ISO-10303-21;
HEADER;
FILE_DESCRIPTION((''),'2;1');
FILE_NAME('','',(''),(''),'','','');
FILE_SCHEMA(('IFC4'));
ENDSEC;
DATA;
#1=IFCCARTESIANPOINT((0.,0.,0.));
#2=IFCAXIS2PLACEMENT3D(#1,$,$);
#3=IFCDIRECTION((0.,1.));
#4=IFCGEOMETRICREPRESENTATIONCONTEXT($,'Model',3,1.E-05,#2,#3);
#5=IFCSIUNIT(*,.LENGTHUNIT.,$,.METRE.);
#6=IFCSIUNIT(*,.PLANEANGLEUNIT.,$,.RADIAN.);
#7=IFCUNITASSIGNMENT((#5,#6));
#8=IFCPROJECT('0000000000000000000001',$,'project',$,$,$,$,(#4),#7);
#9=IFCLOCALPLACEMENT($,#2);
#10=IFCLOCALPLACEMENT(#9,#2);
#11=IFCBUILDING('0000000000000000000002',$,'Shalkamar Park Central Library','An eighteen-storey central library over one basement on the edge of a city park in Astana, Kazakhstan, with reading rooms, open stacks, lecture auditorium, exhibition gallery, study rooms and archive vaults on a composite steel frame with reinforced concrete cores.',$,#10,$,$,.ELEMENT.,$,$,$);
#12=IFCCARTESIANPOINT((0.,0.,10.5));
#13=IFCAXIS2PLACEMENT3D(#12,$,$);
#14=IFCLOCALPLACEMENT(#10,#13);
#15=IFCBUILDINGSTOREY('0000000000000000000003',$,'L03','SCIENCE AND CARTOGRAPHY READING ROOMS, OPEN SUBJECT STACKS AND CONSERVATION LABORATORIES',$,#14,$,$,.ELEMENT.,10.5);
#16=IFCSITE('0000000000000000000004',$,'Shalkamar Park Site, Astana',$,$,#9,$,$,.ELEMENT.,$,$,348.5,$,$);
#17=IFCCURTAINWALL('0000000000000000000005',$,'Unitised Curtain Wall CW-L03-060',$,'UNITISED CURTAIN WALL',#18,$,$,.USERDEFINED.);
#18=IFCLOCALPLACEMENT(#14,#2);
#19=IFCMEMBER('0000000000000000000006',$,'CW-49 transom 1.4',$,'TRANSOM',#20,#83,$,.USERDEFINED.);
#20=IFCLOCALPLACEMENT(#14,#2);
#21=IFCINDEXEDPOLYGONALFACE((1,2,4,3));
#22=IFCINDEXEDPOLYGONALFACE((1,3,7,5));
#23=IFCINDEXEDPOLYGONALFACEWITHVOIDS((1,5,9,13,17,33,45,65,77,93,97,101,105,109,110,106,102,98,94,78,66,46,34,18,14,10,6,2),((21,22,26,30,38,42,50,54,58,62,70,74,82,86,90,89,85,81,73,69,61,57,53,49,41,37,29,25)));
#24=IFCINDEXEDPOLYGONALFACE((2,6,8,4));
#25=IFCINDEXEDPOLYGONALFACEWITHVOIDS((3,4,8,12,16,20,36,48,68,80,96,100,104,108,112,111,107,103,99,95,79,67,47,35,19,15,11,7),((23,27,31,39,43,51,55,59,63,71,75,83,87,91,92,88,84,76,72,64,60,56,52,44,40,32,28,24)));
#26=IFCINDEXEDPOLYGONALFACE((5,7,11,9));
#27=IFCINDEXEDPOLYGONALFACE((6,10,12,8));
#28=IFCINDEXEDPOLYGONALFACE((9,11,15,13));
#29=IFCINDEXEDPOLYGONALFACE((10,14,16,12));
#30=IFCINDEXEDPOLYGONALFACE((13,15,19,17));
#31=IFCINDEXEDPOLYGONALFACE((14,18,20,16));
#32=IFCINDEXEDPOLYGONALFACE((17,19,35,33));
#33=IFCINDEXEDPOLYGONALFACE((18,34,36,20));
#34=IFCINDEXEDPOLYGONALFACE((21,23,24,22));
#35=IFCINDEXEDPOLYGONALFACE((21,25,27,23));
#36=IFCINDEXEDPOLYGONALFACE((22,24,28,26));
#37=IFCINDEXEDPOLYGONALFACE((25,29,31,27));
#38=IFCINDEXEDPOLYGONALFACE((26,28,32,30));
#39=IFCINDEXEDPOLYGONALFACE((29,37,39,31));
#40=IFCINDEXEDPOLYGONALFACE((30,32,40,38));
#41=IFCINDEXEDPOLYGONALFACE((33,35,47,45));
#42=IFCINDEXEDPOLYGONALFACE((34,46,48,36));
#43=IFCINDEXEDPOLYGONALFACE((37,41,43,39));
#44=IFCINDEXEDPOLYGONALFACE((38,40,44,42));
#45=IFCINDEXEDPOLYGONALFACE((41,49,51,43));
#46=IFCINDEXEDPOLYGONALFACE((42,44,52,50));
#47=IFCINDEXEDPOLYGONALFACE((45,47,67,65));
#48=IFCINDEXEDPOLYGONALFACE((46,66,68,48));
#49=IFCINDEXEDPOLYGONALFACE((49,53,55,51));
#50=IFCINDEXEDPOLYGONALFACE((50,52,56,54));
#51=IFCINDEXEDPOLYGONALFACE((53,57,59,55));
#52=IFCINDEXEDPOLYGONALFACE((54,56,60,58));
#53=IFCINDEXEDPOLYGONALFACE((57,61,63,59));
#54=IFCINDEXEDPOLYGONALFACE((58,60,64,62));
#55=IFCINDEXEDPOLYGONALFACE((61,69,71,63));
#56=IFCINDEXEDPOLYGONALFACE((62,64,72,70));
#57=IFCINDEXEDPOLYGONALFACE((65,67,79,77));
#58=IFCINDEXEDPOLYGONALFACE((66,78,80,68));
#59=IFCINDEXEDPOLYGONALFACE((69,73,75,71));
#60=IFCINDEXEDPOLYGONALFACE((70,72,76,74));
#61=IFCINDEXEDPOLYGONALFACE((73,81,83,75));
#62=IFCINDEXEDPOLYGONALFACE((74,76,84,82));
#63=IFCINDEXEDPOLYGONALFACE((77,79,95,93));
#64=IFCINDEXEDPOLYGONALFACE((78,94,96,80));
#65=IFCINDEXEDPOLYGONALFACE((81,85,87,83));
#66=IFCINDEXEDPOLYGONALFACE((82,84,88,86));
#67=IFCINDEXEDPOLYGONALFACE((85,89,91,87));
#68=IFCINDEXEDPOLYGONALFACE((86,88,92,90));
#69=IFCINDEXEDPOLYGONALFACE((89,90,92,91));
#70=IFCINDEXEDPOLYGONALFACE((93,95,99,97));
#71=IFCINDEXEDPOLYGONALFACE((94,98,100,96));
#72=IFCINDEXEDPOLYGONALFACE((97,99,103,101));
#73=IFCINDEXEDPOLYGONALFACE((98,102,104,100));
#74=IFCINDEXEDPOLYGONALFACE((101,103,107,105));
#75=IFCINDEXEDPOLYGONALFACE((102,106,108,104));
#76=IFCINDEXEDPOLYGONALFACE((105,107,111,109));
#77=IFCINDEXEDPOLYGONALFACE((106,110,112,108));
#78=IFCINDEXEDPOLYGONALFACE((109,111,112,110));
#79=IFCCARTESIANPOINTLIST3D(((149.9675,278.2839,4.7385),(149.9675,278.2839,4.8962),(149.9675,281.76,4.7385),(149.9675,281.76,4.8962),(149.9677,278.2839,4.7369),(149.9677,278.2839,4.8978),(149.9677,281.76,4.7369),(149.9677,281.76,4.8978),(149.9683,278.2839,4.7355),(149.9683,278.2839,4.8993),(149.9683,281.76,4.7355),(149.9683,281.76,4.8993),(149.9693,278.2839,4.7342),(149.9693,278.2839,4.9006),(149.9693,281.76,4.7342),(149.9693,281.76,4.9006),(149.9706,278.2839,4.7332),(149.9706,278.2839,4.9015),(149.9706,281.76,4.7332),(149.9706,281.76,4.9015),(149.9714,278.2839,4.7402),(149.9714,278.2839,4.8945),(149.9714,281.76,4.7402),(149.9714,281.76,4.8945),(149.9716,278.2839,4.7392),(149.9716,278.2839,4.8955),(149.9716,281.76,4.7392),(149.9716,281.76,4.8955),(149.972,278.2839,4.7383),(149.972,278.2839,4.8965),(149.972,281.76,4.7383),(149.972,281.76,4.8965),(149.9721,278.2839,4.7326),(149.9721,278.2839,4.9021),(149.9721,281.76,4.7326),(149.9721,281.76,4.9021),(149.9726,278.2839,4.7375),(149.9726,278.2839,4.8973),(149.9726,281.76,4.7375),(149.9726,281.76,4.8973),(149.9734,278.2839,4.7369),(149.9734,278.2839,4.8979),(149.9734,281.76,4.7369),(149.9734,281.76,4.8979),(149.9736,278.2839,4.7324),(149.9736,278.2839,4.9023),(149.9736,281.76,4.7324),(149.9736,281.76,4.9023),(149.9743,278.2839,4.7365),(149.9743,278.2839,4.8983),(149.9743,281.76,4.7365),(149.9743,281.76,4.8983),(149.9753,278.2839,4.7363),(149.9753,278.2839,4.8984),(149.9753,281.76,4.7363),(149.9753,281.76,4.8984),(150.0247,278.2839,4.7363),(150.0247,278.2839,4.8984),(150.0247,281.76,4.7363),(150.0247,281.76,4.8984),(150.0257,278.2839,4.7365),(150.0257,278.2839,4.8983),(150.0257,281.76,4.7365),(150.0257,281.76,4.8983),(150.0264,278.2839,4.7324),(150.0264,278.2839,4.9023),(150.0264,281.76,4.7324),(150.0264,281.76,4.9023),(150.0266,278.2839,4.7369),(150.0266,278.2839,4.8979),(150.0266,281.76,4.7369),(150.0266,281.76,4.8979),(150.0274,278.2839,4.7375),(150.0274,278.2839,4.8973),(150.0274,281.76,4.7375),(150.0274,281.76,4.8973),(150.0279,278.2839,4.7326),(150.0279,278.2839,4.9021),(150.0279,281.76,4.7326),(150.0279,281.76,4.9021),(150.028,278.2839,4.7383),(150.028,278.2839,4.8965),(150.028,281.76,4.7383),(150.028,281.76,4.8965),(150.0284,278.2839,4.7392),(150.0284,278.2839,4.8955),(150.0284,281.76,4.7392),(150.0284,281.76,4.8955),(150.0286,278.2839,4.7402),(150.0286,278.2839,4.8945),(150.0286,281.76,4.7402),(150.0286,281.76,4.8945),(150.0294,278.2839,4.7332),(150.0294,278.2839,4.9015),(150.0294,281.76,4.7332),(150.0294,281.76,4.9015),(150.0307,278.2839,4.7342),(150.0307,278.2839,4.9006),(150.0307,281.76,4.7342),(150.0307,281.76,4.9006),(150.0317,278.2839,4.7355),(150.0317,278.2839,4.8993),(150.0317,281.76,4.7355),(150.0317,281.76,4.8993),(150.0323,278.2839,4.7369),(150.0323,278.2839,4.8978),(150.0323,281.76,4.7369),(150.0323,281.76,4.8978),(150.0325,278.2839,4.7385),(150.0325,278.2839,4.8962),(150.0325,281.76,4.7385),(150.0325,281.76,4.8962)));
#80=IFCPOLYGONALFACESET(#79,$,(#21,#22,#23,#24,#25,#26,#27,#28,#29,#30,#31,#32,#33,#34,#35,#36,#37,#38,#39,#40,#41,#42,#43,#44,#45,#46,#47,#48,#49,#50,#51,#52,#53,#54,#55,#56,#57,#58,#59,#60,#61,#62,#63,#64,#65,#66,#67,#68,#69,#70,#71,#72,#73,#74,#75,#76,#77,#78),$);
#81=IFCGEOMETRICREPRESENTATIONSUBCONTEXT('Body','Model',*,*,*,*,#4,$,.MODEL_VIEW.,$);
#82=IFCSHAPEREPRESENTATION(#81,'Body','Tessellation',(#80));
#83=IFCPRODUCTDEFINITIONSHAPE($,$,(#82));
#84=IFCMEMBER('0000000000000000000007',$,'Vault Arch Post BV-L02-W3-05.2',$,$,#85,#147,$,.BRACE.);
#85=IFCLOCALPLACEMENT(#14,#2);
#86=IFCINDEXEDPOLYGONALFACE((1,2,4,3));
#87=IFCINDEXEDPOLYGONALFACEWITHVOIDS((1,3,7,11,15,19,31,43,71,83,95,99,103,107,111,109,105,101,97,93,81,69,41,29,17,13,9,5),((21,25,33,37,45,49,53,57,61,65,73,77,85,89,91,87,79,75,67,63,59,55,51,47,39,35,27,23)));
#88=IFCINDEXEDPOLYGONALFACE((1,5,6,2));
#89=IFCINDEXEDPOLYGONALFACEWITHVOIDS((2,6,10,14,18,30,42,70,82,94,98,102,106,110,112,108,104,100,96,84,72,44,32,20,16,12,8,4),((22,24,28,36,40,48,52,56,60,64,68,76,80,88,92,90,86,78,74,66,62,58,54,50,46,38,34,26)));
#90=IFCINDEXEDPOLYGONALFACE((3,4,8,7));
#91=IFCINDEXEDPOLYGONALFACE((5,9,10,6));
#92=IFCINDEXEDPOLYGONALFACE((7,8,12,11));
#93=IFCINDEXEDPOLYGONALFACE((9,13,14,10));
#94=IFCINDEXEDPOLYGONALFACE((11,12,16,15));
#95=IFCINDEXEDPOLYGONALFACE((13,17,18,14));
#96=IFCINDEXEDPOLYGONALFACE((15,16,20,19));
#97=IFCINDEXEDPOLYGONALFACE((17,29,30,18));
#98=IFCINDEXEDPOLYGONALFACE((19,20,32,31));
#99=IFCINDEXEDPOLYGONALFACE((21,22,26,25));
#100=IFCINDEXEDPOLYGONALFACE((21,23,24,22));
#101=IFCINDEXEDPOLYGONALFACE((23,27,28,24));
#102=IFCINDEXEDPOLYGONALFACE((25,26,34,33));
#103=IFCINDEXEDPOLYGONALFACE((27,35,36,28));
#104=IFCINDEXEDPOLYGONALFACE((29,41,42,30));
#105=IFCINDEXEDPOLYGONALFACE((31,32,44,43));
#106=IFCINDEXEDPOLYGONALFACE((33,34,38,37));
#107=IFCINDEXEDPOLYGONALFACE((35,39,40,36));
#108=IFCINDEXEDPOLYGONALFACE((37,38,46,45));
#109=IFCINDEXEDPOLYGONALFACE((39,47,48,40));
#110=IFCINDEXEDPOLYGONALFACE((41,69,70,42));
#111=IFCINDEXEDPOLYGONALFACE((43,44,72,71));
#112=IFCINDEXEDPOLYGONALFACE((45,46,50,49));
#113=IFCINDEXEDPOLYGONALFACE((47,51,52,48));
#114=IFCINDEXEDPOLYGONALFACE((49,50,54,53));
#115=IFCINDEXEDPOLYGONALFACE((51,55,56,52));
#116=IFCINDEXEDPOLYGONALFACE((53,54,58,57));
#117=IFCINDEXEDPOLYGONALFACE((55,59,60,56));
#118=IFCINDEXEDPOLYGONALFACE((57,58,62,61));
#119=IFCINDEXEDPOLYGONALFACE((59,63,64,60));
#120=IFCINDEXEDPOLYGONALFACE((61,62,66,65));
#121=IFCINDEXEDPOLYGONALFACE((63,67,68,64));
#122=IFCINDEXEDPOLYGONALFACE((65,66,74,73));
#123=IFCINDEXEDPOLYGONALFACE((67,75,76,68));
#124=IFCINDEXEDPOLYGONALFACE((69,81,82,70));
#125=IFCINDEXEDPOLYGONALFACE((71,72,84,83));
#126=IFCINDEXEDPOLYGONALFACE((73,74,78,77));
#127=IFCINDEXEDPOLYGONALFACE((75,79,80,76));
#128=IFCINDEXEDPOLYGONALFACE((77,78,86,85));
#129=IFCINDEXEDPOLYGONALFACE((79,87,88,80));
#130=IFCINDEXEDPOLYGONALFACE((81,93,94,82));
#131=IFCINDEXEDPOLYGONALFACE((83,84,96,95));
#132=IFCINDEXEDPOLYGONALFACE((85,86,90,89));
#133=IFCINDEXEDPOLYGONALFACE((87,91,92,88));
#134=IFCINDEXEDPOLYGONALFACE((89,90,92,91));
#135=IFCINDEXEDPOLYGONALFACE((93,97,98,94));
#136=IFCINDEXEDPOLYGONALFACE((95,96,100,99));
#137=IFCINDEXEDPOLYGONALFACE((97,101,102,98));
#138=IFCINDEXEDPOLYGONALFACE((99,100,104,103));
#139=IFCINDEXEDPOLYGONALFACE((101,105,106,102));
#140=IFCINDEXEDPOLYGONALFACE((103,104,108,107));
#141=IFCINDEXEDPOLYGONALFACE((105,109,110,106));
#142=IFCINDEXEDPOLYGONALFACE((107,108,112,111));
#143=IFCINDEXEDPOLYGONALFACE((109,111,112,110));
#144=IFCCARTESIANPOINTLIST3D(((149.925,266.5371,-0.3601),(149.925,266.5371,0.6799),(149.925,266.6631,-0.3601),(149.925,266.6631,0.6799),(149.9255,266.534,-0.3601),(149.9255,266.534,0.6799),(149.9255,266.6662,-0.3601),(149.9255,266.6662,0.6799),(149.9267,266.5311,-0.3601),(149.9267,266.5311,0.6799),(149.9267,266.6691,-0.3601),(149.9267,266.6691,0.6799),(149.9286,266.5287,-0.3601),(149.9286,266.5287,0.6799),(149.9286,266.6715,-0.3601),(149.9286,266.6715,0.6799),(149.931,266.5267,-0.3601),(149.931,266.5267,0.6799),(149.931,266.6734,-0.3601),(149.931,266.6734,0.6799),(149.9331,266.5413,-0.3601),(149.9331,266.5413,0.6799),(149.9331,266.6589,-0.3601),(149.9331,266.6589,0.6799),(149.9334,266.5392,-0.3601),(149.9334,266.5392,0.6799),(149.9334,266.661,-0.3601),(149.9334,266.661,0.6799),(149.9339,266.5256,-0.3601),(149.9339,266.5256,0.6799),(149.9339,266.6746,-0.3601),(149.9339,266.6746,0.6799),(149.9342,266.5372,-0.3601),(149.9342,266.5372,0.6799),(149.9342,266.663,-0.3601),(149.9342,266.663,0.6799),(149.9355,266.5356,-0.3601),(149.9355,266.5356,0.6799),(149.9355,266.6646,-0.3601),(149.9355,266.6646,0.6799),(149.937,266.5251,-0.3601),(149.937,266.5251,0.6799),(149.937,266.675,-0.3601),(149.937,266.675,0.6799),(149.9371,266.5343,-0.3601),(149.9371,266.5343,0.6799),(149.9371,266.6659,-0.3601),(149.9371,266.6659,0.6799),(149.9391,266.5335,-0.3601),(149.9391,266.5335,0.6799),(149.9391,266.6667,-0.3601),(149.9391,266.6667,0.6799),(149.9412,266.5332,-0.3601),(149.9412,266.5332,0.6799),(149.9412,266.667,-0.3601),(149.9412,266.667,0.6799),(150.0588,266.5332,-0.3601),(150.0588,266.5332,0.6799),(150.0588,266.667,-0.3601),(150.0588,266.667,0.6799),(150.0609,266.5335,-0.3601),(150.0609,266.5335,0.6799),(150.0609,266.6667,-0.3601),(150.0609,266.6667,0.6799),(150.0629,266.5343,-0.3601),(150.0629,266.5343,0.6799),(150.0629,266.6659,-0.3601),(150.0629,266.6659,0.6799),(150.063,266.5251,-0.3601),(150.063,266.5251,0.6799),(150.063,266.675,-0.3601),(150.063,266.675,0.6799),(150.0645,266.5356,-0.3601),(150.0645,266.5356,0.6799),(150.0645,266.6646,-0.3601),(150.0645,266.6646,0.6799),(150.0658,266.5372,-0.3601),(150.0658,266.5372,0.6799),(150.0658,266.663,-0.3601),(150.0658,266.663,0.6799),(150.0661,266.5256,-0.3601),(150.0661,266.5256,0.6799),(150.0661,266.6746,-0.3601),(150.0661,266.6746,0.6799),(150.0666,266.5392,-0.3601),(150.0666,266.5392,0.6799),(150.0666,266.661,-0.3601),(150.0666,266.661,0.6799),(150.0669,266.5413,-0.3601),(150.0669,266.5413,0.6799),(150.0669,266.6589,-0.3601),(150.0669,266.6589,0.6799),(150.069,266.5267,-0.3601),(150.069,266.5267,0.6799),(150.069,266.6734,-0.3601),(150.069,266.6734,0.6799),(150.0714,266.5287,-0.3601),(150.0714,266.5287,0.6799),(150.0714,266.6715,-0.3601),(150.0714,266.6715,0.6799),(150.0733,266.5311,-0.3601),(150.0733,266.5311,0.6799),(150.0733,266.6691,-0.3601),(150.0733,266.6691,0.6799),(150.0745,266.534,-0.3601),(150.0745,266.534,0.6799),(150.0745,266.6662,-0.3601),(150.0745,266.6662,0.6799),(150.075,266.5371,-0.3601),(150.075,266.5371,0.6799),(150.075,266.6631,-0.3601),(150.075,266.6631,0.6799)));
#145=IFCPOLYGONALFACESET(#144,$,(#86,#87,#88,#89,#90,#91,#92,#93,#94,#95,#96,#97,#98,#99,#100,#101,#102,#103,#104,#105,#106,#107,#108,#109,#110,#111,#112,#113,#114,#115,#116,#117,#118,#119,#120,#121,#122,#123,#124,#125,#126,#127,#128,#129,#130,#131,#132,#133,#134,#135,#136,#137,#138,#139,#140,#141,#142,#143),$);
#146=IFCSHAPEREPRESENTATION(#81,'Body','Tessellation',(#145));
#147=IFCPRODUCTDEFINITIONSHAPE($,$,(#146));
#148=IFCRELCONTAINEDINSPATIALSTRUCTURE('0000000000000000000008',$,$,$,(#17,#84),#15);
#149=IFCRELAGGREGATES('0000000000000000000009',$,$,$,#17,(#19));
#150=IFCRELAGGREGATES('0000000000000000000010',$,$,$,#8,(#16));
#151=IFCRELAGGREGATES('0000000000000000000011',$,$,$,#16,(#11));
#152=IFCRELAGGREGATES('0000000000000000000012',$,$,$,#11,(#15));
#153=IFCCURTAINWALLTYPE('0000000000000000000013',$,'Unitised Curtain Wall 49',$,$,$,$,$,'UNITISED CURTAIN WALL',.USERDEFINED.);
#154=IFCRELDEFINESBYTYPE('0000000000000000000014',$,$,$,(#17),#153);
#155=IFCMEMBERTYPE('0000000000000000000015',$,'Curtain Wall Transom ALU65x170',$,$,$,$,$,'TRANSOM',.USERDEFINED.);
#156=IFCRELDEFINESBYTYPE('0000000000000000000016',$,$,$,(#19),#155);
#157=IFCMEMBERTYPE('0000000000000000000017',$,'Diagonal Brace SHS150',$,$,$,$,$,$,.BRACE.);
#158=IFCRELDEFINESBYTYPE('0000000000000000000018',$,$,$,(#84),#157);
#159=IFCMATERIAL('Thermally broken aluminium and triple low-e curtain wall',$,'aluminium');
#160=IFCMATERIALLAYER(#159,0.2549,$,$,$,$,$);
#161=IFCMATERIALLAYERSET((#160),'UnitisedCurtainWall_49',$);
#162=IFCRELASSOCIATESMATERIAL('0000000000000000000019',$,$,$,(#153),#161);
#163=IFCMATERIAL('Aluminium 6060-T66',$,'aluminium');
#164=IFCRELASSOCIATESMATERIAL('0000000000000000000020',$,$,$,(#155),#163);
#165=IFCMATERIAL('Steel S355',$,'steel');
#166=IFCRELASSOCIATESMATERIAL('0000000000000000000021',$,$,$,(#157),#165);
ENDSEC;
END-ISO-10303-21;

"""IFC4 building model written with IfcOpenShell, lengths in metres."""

from ifc_helpers import new_model, si_unit, direction, frame, origin, origin_2d, place, context, subcontext, project, spatial, hollow_rectangle, extrude, material, layer, layer_set, material_profile, profile_set, type_object, element, aggregate, save


model = new_model("IFC4")

# Units and contexts
model_context = context("Model", 3, precision=1e-05, world=origin(), true_north=direction((0.0, 1.0)))
body_context = subcontext(model_context, "Body", "Model", "MODEL_VIEW")
ifc_project = project(units=[si_unit("LENGTHUNIT", "METRE"), si_unit("PLANEANGLEUNIT", "RADIAN")], contexts=[model_context])

# Site, building, storey
site_placement = place(None, origin())
site = spatial("IfcSite", under=ifc_project, at=site_placement, Name="Shalkamar Park Site, Astana", CompositionType="ELEMENT", RefElevation=348.5)
building_placement = place(site_placement, origin())
building = spatial("IfcBuilding", under=site, at=building_placement, Name="Shalkamar Park Central Library", Description="An eighteen-storey central library over one basement on the edge of a city park in Astana, Kazakhstan, with reading rooms, open stacks, lecture auditorium, exhibition gallery, study rooms and archive vaults on a composite steel frame with reinforced concrete cores.", CompositionType="ELEMENT")
storey_placement = place(building_placement, frame((0.0, 0.0, 10.5)))
storey = spatial("IfcBuildingStorey", under=building, at=storey_placement, Name="L03", Description="SCIENCE AND CARTOGRAPHY READING ROOMS, OPEN SUBJECT STACKS AND CONSERVATION LABORATORIES", CompositionType="ELEMENT", Elevation=10.5)

# Shared definitions
ifc_material_1 = material(Name="Steel S355", Category="steel")

# Curtain wall, member
ifc_material_2 = material(Name="Thermally broken aluminium and triple low-e curtain wall", Category="aluminium")
ifc_layer_1 = layer(ifc_material_2, 0.2549)
ifc_layer_set_1 = layer_set([ifc_layer_1], Name="UnitisedCurtainWall_49")
curtain_wall_type = type_object("IfcCurtainWallType", Name="Unitised Curtain Wall 49", ElementType="UNITISED CURTAIN WALL", PredefinedType="USERDEFINED", material=ifc_layer_set_1)
curtain_wall_placement = place(storey_placement, origin())
curtain_wall = element("IfcCurtainWall", 1, at=curtain_wall_placement, inside=storey, type_object=curtain_wall_type, Name="Unitised Curtain Wall CW-L03-060", ObjectType="UNITISED CURTAIN WALL", PredefinedType="USERDEFINED")
ifc_material_3 = material(Name="Aluminium 6060-T66", Category="aluminium")
ifc_material_profile_1 = material_profile(ifc_material_3, hollow_rectangle(XDim=0.0649, YDim=0.1699, WallThickness=0.0039, InnerFilletRadius=0.0039, OuterFilletRadius=0.0061, at=origin_2d()), Name="ALU 65x170x4")
ifc_profile_set_1 = profile_set([ifc_material_profile_1], Name="Aluminium 6060-T66")
member_type_1 = type_object("IfcMemberType", Name="Curtain Wall Transom ALU65x170", ElementType="TRANSOM", PredefinedType="USERDEFINED", material=ifc_profile_set_1)
member_1_placement = place(storey_placement, frame((150.0, 278.2839, 4.8174), z_axis=(0.0, 1.0, 0.0), x_axis=(-1.0, 0.0, 0.0)))
member_1 = element("IfcMember", 2, at=member_1_placement, type_object=member_type_1, Name="CW-49 transom 1.4", ObjectType="TRANSOM", PredefinedType="USERDEFINED", context=body_context, shape_type="SweptSolid", body=[
    extrude(hollow_rectangle(XDim=0.0649, YDim=0.1699, WallThickness=0.0039, InnerFilletRadius=0.0039, OuterFilletRadius=0.0061, at=origin_2d()), origin(), (0.0, 0.0, 1.0), 3.4761),
])

# Member
ifc_material_profile_2 = material_profile(ifc_material_1, hollow_rectangle(XDim=0.1499, YDim=0.1499, WallThickness=0.0081, InnerFilletRadius=0.0081, OuterFilletRadius=0.012, at=origin_2d()), Name="SHS 150x150x8")
ifc_profile_set_2 = profile_set([ifc_material_profile_2], Name="Steel S355")
member_type_2 = type_object("IfcMemberType", Name="Diagonal Brace SHS150", PredefinedType="BRACE", material=ifc_profile_set_2)
member_2_placement = place(storey_placement, frame((150.0, 266.6001, -0.3601), z_axis=(0.0, 0.0, 1.0), x_axis=(1.0, 0.0, 0.0)))
element("IfcMember", 3, at=member_2_placement, inside=storey, type_object=member_type_2, Name="Vault Arch Post BV-L02-W3-05.2", PredefinedType="BRACE", context=body_context, shape_type="SweptSolid", body=[
    extrude(hollow_rectangle(XDim=0.1499, YDim=0.1499, WallThickness=0.0081, InnerFilletRadius=0.0081, OuterFilletRadius=0.012, at=origin_2d()), origin(), (0.0, 0.0, 1.0), 1.04),
])

aggregate(curtain_wall, [member_1])

save(model, "model.ifc")
